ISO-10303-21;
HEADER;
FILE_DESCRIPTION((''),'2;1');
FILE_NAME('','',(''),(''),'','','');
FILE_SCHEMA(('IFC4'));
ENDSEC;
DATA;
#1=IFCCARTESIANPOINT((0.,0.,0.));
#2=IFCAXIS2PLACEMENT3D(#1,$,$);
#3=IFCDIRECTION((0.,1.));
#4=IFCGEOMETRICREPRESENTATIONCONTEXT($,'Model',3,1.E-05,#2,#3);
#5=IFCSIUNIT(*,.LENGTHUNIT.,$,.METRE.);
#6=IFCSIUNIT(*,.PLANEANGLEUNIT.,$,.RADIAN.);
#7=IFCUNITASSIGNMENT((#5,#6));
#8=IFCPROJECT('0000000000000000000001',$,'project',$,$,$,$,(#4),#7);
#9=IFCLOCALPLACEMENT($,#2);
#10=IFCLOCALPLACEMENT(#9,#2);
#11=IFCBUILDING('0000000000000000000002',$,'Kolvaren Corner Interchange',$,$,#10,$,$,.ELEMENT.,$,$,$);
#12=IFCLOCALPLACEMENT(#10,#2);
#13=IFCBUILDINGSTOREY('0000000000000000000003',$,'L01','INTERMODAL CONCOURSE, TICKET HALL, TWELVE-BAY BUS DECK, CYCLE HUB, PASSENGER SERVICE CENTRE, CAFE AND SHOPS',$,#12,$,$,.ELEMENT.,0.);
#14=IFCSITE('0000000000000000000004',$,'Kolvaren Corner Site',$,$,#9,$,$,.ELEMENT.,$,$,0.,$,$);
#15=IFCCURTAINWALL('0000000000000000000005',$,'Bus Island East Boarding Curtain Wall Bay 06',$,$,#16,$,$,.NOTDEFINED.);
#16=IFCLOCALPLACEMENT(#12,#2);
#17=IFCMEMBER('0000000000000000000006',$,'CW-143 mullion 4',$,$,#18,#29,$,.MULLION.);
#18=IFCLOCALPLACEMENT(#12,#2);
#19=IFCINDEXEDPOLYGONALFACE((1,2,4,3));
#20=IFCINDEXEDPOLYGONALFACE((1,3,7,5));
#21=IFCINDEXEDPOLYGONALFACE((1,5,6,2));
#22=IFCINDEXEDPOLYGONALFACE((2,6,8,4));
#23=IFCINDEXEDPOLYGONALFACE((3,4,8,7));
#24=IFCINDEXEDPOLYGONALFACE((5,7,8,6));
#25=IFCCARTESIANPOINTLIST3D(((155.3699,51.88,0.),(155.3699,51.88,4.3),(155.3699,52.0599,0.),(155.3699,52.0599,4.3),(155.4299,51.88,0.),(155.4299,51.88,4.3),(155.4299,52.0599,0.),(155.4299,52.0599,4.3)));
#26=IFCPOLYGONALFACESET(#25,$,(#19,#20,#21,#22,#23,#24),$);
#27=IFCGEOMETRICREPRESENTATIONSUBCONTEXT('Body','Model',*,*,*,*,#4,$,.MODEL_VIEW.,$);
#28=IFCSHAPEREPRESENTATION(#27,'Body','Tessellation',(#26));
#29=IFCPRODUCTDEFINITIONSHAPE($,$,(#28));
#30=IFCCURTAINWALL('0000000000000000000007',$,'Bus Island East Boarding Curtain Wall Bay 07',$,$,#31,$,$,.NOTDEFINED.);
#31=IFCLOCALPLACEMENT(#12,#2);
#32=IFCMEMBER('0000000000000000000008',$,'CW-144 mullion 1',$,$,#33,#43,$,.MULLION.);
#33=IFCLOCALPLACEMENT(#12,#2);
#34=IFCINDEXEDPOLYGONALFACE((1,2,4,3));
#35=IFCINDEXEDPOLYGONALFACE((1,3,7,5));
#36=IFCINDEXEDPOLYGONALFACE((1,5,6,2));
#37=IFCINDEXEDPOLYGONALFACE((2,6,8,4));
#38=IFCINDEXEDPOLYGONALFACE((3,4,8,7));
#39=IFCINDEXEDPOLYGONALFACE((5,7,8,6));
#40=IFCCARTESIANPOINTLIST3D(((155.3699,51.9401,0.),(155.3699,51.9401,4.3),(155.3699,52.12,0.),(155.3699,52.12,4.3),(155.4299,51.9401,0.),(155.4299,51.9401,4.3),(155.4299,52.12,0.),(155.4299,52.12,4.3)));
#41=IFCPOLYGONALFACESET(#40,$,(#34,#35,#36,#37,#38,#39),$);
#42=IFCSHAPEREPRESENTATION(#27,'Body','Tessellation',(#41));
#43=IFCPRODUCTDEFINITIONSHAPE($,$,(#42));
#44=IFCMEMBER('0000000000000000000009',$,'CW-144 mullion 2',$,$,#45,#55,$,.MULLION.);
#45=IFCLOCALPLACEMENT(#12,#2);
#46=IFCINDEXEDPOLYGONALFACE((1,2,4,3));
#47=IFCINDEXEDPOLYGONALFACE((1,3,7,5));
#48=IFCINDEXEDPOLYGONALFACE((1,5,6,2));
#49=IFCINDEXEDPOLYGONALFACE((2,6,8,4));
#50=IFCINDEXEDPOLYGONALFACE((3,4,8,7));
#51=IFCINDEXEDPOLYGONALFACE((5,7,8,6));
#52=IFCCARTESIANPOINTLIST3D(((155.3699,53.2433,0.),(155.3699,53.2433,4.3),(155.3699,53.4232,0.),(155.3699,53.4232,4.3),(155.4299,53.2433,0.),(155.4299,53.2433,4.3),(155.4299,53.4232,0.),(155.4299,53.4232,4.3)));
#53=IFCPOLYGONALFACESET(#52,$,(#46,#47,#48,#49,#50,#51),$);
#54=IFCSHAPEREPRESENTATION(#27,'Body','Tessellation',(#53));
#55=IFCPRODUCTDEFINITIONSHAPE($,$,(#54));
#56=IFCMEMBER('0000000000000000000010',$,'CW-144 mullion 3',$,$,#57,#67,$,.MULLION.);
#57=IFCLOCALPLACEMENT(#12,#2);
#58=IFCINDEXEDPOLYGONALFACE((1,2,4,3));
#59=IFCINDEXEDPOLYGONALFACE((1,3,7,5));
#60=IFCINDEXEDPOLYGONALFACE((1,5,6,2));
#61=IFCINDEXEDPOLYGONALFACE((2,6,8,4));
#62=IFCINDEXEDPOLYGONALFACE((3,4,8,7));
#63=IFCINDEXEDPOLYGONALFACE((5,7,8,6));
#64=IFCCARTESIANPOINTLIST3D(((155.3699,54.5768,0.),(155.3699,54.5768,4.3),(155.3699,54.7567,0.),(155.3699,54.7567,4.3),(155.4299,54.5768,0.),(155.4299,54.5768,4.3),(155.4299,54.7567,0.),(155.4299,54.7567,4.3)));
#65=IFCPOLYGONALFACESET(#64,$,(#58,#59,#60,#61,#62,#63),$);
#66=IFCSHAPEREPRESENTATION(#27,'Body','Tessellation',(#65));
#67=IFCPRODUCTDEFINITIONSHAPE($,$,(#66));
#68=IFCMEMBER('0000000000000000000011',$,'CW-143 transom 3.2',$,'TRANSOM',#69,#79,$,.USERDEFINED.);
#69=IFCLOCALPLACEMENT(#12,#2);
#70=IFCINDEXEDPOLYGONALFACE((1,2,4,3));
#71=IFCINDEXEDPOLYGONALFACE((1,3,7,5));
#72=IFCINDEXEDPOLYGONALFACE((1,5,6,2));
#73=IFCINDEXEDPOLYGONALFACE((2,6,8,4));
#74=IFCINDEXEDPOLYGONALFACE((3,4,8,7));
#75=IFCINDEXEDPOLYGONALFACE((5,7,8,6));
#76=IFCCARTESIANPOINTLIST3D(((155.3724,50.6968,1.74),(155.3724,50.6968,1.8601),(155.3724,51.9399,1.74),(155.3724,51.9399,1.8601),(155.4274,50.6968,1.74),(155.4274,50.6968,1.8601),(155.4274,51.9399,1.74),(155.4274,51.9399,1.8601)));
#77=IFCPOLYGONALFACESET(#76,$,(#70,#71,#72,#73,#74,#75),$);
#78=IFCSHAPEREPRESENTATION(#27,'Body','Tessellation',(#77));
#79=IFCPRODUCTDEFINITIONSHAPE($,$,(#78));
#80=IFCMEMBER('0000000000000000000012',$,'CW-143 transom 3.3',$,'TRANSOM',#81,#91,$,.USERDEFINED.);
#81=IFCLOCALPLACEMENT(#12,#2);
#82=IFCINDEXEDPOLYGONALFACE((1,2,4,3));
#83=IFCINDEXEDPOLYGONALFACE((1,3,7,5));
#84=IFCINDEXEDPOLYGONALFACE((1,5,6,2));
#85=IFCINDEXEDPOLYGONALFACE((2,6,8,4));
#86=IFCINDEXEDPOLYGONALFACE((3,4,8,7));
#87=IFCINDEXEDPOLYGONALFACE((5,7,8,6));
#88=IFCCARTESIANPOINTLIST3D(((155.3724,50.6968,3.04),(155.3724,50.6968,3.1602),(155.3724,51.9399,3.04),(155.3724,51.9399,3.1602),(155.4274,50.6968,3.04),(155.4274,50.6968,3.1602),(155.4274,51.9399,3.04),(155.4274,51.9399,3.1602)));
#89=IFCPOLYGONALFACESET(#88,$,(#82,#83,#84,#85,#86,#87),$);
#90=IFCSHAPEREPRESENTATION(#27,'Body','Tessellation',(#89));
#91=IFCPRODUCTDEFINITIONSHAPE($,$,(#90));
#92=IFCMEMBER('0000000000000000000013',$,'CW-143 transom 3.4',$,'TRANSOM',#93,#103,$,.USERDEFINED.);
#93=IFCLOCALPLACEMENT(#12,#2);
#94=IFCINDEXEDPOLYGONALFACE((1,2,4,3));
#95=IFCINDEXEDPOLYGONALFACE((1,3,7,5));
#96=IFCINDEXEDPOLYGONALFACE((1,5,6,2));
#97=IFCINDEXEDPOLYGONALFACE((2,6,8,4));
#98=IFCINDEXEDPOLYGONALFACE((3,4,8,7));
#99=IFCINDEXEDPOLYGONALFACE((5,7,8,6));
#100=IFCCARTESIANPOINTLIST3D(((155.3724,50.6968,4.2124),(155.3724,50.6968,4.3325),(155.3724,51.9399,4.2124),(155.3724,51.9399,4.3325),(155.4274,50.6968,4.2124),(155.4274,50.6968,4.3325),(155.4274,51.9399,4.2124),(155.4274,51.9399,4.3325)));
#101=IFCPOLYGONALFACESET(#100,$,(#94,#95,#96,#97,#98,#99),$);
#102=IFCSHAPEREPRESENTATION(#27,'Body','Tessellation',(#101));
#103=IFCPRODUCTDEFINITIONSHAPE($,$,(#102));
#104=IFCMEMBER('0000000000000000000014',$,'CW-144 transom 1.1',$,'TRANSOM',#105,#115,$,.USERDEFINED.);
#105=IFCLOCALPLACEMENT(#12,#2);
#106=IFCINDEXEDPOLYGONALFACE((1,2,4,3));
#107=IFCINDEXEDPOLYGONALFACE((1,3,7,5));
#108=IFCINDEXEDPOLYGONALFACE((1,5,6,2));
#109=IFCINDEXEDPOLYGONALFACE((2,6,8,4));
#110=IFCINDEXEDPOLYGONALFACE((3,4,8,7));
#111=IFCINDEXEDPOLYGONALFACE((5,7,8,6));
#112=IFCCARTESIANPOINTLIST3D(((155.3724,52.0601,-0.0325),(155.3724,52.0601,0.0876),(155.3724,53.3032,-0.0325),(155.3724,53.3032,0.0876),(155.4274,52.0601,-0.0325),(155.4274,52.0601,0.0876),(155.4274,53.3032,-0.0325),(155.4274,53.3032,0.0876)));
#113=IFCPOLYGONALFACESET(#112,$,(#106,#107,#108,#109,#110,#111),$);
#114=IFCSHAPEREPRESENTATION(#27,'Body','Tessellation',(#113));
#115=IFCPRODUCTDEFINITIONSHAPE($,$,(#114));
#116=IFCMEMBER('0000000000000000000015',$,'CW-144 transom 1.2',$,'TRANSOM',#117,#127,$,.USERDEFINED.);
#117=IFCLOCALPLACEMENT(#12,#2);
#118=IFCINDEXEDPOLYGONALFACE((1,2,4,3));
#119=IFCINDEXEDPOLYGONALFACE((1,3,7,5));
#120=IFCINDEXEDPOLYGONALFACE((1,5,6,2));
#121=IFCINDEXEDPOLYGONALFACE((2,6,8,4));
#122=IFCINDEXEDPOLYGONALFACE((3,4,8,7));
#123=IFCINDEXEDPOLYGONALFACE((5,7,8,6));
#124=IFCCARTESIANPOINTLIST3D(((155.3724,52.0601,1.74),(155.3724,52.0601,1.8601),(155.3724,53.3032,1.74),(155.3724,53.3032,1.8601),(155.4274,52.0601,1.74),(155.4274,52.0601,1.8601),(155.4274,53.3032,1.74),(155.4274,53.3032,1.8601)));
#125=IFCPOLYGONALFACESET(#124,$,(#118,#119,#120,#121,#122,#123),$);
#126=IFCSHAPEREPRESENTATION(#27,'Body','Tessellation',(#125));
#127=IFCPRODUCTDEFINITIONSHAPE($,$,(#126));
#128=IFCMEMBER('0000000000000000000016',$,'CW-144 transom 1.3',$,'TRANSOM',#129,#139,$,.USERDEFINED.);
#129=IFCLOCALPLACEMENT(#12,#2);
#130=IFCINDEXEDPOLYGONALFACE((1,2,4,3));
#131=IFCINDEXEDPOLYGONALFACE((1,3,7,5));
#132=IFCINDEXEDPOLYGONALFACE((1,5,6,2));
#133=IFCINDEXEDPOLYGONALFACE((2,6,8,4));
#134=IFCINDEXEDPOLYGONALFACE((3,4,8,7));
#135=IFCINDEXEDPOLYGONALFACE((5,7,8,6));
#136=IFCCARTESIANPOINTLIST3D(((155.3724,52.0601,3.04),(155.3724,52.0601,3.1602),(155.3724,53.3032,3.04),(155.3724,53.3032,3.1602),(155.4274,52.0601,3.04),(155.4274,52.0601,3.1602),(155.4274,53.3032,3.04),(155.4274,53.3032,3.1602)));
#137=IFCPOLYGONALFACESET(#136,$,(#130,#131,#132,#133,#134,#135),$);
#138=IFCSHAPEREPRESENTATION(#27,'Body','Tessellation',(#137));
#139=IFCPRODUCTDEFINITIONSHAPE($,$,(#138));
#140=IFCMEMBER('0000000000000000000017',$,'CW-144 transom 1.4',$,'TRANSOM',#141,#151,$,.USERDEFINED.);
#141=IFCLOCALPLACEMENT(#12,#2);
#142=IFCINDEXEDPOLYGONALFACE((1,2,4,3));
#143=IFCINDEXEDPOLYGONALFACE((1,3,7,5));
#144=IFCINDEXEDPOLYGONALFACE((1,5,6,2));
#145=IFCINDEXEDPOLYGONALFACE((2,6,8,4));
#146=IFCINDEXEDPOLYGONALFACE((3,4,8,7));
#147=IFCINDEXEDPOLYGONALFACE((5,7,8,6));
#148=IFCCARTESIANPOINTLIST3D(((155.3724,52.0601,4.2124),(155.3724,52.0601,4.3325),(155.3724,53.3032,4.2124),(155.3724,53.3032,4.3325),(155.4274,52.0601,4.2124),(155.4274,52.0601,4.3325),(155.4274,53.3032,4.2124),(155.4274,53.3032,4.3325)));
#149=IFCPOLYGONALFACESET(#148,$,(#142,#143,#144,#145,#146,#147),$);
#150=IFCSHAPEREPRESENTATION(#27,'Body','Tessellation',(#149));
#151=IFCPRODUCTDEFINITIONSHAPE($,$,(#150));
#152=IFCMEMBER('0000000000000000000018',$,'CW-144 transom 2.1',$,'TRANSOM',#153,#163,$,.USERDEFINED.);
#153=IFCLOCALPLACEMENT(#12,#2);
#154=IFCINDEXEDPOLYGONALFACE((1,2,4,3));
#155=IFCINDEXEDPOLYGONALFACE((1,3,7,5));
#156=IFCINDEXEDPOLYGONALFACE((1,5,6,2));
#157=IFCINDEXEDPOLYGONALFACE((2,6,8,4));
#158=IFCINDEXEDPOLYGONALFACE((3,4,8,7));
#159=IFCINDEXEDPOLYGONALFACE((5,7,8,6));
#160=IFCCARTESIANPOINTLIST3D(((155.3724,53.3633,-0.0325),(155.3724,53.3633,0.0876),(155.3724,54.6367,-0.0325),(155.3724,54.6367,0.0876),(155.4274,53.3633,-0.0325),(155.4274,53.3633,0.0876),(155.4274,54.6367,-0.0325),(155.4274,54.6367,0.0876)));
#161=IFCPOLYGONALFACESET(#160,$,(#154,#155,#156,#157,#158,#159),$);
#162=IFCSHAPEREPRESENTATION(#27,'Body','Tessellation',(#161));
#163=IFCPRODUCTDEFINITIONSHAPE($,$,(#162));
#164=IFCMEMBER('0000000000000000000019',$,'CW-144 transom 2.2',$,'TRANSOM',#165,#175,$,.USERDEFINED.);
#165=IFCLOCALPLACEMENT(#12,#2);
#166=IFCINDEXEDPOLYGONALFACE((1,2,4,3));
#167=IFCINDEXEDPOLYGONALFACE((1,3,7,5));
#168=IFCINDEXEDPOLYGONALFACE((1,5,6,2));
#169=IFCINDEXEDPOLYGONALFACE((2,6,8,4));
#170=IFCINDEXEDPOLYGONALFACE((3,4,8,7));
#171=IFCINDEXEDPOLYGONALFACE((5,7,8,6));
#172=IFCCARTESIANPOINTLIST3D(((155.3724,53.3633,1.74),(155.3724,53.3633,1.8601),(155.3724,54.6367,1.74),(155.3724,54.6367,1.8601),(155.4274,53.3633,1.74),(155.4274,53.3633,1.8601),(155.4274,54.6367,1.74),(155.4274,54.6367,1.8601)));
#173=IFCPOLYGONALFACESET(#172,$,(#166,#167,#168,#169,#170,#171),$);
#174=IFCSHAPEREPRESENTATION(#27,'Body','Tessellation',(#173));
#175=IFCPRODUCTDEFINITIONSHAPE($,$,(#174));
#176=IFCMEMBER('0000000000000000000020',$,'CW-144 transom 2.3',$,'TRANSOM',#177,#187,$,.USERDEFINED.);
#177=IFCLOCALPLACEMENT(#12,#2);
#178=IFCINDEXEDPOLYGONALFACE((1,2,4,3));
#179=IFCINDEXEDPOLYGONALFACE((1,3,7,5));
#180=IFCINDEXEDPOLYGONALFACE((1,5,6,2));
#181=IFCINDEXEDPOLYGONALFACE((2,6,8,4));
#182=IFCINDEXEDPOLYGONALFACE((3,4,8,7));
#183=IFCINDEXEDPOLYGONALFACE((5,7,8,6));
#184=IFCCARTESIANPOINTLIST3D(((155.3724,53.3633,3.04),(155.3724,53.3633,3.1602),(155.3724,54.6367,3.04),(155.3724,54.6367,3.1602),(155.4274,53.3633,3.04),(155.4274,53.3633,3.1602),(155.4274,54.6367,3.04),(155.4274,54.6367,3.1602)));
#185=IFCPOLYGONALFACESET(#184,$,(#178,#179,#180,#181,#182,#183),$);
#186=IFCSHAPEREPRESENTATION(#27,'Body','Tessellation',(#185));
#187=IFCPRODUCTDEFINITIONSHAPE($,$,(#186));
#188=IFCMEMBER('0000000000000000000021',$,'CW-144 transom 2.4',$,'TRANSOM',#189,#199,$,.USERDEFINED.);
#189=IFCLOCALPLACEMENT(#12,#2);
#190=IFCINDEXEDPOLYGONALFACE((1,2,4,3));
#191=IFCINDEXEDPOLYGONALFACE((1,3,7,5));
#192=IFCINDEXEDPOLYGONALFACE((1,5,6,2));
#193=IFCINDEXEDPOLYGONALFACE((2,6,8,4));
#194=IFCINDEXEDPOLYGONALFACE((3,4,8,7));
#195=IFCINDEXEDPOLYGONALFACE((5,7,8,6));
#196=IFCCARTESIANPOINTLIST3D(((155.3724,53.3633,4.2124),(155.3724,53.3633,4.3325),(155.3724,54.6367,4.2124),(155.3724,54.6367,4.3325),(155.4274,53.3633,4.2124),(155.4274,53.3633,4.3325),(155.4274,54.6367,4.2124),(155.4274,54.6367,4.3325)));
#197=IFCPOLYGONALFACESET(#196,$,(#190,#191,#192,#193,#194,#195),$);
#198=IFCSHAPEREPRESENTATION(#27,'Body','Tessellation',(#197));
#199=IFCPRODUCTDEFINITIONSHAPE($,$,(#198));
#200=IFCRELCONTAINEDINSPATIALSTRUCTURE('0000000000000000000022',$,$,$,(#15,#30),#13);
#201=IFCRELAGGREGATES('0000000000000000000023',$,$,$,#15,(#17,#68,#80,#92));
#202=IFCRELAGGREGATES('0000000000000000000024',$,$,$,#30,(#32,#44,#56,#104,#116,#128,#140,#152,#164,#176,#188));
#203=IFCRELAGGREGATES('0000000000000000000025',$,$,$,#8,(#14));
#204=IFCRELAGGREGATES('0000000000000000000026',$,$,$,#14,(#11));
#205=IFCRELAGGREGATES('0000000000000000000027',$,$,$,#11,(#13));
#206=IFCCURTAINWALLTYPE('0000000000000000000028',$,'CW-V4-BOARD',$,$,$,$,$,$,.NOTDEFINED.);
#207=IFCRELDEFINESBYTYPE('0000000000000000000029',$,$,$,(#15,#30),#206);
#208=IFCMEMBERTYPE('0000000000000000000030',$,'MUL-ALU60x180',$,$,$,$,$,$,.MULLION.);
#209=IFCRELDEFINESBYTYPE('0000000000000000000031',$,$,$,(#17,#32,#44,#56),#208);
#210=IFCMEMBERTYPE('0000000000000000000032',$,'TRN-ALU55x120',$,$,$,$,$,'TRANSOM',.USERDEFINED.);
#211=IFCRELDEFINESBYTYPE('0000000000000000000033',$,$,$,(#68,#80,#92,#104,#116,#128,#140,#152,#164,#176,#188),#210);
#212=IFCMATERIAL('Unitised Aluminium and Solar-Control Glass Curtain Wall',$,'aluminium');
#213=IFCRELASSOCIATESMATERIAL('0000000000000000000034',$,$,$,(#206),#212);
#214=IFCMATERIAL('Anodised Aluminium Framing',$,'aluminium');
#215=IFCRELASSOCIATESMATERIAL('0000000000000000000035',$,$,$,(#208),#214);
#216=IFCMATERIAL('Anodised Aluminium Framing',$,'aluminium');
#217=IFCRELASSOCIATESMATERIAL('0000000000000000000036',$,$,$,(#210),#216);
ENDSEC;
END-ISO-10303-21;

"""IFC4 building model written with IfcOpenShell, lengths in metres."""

from ifc_helpers import new_model, si_unit, direction, frame, origin, origin_2d, place, context, subcontext, project, spatial, rectangle, extrude, material, material_profile, profile_set, type_object, element, aggregate, save


model = new_model("IFC4")

# Units and contexts
model_context = context("Model", 3, precision=1e-05, world=origin(), true_north=direction((0.0, 1.0)))
body_context = subcontext(model_context, "Body", "Model", "MODEL_VIEW")
ifc_project = project(units=[si_unit("LENGTHUNIT", "METRE"), si_unit("PLANEANGLEUNIT", "RADIAN")], contexts=[model_context])

# Site, building, storey
site_placement = place(None, origin())
site = spatial("IfcSite", under=ifc_project, at=site_placement, Name="Kolvaren Corner Site", CompositionType="ELEMENT", RefElevation=0.0)
building_placement = place(site_placement, origin())
building = spatial("IfcBuilding", under=site, at=building_placement, Name="Kolvaren Corner Interchange", CompositionType="ELEMENT")
storey_placement = place(building_placement, origin())
storey = spatial("IfcBuildingStorey", under=building, at=storey_placement, Name="L01", Description="INTERMODAL CONCOURSE, TICKET HALL, TWELVE-BAY BUS DECK, CYCLE HUB, PASSENGER SERVICE CENTRE, CAFE AND SHOPS", CompositionType="ELEMENT", Elevation=0.0)

# Curtain wall, member
ifc_material_1 = material(Name="Unitised Aluminium and Solar-Control Glass Curtain Wall", Category="aluminium")
curtain_wall_type = type_object("IfcCurtainWallType", Name="CW-V4-BOARD", PredefinedType="NOTDEFINED", material=ifc_material_1)
curtain_wall_1_placement = place(storey_placement, origin())
curtain_wall_1 = element("IfcCurtainWall", 1, at=curtain_wall_1_placement, inside=storey, type_object=curtain_wall_type, Name="Bus Island East Boarding Curtain Wall Bay 06", PredefinedType="NOTDEFINED")
ifc_material_2 = material(Name="Anodised Aluminium Framing", Category="aluminium")
ifc_material_profile_1 = material_profile(ifc_material_2, rectangle(XDim=0.0601, YDim=0.1799, at=origin_2d()), Name="ALU 60x180")
ifc_profile_set_1 = profile_set([ifc_material_profile_1], Name="Anodised Aluminium Framing")
member_type_1 = type_object("IfcMemberType", Name="MUL-ALU60x180", PredefinedType="MULLION", material=ifc_profile_set_1)
member_1_placement = place(storey_placement, frame((155.3999, 51.97, 0.0), z_axis=(0.0, 0.0, 1.0), x_axis=(-1.0, 0.0, 0.0)))
member_1 = element("IfcMember", 2, at=member_1_placement, type_object=member_type_1, Name="CW-143 mullion 4", PredefinedType="MULLION", context=body_context, shape_type="SweptSolid", body=[
    extrude(rectangle(XDim=0.0601, YDim=0.1799, at=origin_2d()), origin(), (0.0, 0.0, 1.0), 4.3),
])

# Curtain wall, members
curtain_wall_2_placement = place(storey_placement, origin())
curtain_wall_2 = element("IfcCurtainWall", 3, at=curtain_wall_2_placement, inside=storey, type_object=curtain_wall_type, Name="Bus Island East Boarding Curtain Wall Bay 07", PredefinedType="NOTDEFINED")
member_2_placement = place(storey_placement, frame((155.3999, 52.03, 0.0), z_axis=(0.0, 0.0, 1.0), x_axis=(-1.0, 0.0, 0.0)))
member_2 = element("IfcMember", 4, at=member_2_placement, type_object=member_type_1, Name="CW-144 mullion 1", PredefinedType="MULLION", context=body_context, shape_type="SweptSolid", body=[
    extrude(rectangle(XDim=0.0601, YDim=0.1799, at=origin_2d()), origin(), (0.0, 0.0, 1.0), 4.3),
])
member_3_placement = place(storey_placement, frame((155.3999, 53.3333, 0.0), z_axis=(0.0, 0.0, 1.0), x_axis=(-1.0, 0.0, 0.0)))
member_3 = element("IfcMember", 5, at=member_3_placement, type_object=member_type_1, Name="CW-144 mullion 2", PredefinedType="MULLION", context=body_context, shape_type="SweptSolid", body=[
    extrude(rectangle(XDim=0.0601, YDim=0.1799, at=origin_2d()), origin(), (0.0, 0.0, 1.0), 4.3),
])
member_4_placement = place(storey_placement, frame((155.3999, 54.6667, 0.0), z_axis=(0.0, 0.0, 1.0), x_axis=(-1.0, 0.0, 0.0)))
member_4 = element("IfcMember", 6, at=member_4_placement, type_object=member_type_1, Name="CW-144 mullion 3", PredefinedType="MULLION", context=body_context, shape_type="SweptSolid", body=[
    extrude(rectangle(XDim=0.0601, YDim=0.1799, at=origin_2d()), origin(), (0.0, 0.0, 1.0), 4.3),
])

# Members
ifc_material_3 = material(Name="Anodised Aluminium Framing", Category="aluminium")
ifc_material_profile_2 = material_profile(ifc_material_3, rectangle(XDim=0.0549, YDim=0.1201, at=origin_2d()), Name="ALU 55x120")
ifc_profile_set_2 = profile_set([ifc_material_profile_2], Name="Anodised Aluminium Framing")
member_type_2 = type_object("IfcMemberType", Name="TRN-ALU55x120", ElementType="TRANSOM", PredefinedType="USERDEFINED", material=ifc_profile_set_2)
member_5_placement = place(storey_placement, frame((155.3999, 50.6968, 1.8), z_axis=(0.0, 1.0, 0.0), x_axis=(-1.0, 0.0, 0.0)))
member_5 = element("IfcMember", 7, at=member_5_placement, type_object=member_type_2, Name="CW-143 transom 3.2", ObjectType="TRANSOM", PredefinedType="USERDEFINED", context=body_context, shape_type="SweptSolid", body=[
    extrude(rectangle(XDim=0.0549, YDim=0.1201, at=origin_2d()), origin(), (0.0, 0.0, 1.0), 1.2432),
])
member_6_placement = place(storey_placement, frame((155.3999, 50.6968, 3.1001), z_axis=(0.0, 1.0, 0.0), x_axis=(-1.0, 0.0, 0.0)))
member_6 = element("IfcMember", 8, at=member_6_placement, type_object=member_type_2, Name="CW-143 transom 3.3", ObjectType="TRANSOM", PredefinedType="USERDEFINED", context=body_context, shape_type="SweptSolid", body=[
    extrude(rectangle(XDim=0.0549, YDim=0.1201, at=origin_2d()), origin(), (0.0, 0.0, 1.0), 1.2432),
])
member_7_placement = place(storey_placement, frame((155.3999, 50.6968, 4.2725), z_axis=(0.0, 1.0, 0.0), x_axis=(-1.0, 0.0, 0.0)))
member_7 = element("IfcMember", 9, at=member_7_placement, type_object=member_type_2, Name="CW-143 transom 3.4", ObjectType="TRANSOM", PredefinedType="USERDEFINED", context=body_context, shape_type="SweptSolid", body=[
    extrude(rectangle(XDim=0.0549, YDim=0.1201, at=origin_2d()), origin(), (0.0, 0.0, 1.0), 1.2432),
])
member_8_placement = place(storey_placement, frame((155.3999, 52.0601, 0.0276), z_axis=(0.0, 1.0, 0.0), x_axis=(-1.0, 0.0, 0.0)))
member_8 = element("IfcMember", 10, at=member_8_placement, type_object=member_type_2, Name="CW-144 transom 1.1", ObjectType="TRANSOM", PredefinedType="USERDEFINED", context=body_context, shape_type="SweptSolid", body=[
    extrude(rectangle(XDim=0.0549, YDim=0.1201, at=origin_2d()), origin(), (0.0, 0.0, 1.0), 1.2432),
])
member_9_placement = place(storey_placement, frame((155.3999, 52.0601, 1.8), z_axis=(0.0, 1.0, 0.0), x_axis=(-1.0, 0.0, 0.0)))
member_9 = element("IfcMember", 11, at=member_9_placement, type_object=member_type_2, Name="CW-144 transom 1.2", ObjectType="TRANSOM", PredefinedType="USERDEFINED", context=body_context, shape_type="SweptSolid", body=[
    extrude(rectangle(XDim=0.0549, YDim=0.1201, at=origin_2d()), origin(), (0.0, 0.0, 1.0), 1.2432),
])
member_10_placement = place(storey_placement, frame((155.3999, 52.0601, 3.1001), z_axis=(0.0, 1.0, 0.0), x_axis=(-1.0, 0.0, 0.0)))
member_10 = element("IfcMember", 12, at=member_10_placement, type_object=member_type_2, Name="CW-144 transom 1.3", ObjectType="TRANSOM", PredefinedType="USERDEFINED", context=body_context, shape_type="SweptSolid", body=[
    extrude(rectangle(XDim=0.0549, YDim=0.1201, at=origin_2d()), origin(), (0.0, 0.0, 1.0), 1.2432),
])
member_11_placement = place(storey_placement, frame((155.3999, 52.0601, 4.2725), z_axis=(0.0, 1.0, 0.0), x_axis=(-1.0, 0.0, 0.0)))
member_11 = element("IfcMember", 13, at=member_11_placement, type_object=member_type_2, Name="CW-144 transom 1.4", ObjectType="TRANSOM", PredefinedType="USERDEFINED", context=body_context, shape_type="SweptSolid", body=[
    extrude(rectangle(XDim=0.0549, YDim=0.1201, at=origin_2d()), origin(), (0.0, 0.0, 1.0), 1.2432),
])
member_12_placement = place(storey_placement, frame((155.3999, 53.3633, 0.0276), z_axis=(0.0, 1.0, 0.0), x_axis=(-1.0, 0.0, 0.0)))
member_12 = element("IfcMember", 14, at=member_12_placement, type_object=member_type_2, Name="CW-144 transom 2.1", ObjectType="TRANSOM", PredefinedType="USERDEFINED", context=body_context, shape_type="SweptSolid", body=[
    extrude(rectangle(XDim=0.0549, YDim=0.1201, at=origin_2d()), origin(), (0.0, 0.0, 1.0), 1.2734),
])
member_13_placement = place(storey_placement, frame((155.3999, 53.3633, 1.8), z_axis=(0.0, 1.0, 0.0), x_axis=(-1.0, 0.0, 0.0)))
member_13 = element("IfcMember", 15, at=member_13_placement, type_object=member_type_2, Name="CW-144 transom 2.2", ObjectType="TRANSOM", PredefinedType="USERDEFINED", context=body_context, shape_type="SweptSolid", body=[
    extrude(rectangle(XDim=0.0549, YDim=0.1201, at=origin_2d()), origin(), (0.0, 0.0, 1.0), 1.2734),
])
member_14_placement = place(storey_placement, frame((155.3999, 53.3633, 3.1001), z_axis=(0.0, 1.0, 0.0), x_axis=(-1.0, 0.0, 0.0)))
member_14 = element("IfcMember", 16, at=member_14_placement, type_object=member_type_2, Name="CW-144 transom 2.3", ObjectType="TRANSOM", PredefinedType="USERDEFINED", context=body_context, shape_type="SweptSolid", body=[
    extrude(rectangle(XDim=0.0549, YDim=0.1201, at=origin_2d()), origin(), (0.0, 0.0, 1.0), 1.2734),
])
member_15_placement = place(storey_placement, frame((155.3999, 53.3633, 4.2725), z_axis=(0.0, 1.0, 0.0), x_axis=(-1.0, 0.0, 0.0)))
member_15 = element("IfcMember", 17, at=member_15_placement, type_object=member_type_2, Name="CW-144 transom 2.4", ObjectType="TRANSOM", PredefinedType="USERDEFINED", context=body_context, shape_type="SweptSolid", body=[
    extrude(rectangle(XDim=0.0549, YDim=0.1201, at=origin_2d()), origin(), (0.0, 0.0, 1.0), 1.2734),
])

aggregate(curtain_wall_1, [member_1, member_5, member_6, member_7])
aggregate(curtain_wall_2, [member_2, member_3, member_4, member_8, member_9, member_10, member_11, member_12, member_13, member_14, member_15])

save(model, "model.ifc")
